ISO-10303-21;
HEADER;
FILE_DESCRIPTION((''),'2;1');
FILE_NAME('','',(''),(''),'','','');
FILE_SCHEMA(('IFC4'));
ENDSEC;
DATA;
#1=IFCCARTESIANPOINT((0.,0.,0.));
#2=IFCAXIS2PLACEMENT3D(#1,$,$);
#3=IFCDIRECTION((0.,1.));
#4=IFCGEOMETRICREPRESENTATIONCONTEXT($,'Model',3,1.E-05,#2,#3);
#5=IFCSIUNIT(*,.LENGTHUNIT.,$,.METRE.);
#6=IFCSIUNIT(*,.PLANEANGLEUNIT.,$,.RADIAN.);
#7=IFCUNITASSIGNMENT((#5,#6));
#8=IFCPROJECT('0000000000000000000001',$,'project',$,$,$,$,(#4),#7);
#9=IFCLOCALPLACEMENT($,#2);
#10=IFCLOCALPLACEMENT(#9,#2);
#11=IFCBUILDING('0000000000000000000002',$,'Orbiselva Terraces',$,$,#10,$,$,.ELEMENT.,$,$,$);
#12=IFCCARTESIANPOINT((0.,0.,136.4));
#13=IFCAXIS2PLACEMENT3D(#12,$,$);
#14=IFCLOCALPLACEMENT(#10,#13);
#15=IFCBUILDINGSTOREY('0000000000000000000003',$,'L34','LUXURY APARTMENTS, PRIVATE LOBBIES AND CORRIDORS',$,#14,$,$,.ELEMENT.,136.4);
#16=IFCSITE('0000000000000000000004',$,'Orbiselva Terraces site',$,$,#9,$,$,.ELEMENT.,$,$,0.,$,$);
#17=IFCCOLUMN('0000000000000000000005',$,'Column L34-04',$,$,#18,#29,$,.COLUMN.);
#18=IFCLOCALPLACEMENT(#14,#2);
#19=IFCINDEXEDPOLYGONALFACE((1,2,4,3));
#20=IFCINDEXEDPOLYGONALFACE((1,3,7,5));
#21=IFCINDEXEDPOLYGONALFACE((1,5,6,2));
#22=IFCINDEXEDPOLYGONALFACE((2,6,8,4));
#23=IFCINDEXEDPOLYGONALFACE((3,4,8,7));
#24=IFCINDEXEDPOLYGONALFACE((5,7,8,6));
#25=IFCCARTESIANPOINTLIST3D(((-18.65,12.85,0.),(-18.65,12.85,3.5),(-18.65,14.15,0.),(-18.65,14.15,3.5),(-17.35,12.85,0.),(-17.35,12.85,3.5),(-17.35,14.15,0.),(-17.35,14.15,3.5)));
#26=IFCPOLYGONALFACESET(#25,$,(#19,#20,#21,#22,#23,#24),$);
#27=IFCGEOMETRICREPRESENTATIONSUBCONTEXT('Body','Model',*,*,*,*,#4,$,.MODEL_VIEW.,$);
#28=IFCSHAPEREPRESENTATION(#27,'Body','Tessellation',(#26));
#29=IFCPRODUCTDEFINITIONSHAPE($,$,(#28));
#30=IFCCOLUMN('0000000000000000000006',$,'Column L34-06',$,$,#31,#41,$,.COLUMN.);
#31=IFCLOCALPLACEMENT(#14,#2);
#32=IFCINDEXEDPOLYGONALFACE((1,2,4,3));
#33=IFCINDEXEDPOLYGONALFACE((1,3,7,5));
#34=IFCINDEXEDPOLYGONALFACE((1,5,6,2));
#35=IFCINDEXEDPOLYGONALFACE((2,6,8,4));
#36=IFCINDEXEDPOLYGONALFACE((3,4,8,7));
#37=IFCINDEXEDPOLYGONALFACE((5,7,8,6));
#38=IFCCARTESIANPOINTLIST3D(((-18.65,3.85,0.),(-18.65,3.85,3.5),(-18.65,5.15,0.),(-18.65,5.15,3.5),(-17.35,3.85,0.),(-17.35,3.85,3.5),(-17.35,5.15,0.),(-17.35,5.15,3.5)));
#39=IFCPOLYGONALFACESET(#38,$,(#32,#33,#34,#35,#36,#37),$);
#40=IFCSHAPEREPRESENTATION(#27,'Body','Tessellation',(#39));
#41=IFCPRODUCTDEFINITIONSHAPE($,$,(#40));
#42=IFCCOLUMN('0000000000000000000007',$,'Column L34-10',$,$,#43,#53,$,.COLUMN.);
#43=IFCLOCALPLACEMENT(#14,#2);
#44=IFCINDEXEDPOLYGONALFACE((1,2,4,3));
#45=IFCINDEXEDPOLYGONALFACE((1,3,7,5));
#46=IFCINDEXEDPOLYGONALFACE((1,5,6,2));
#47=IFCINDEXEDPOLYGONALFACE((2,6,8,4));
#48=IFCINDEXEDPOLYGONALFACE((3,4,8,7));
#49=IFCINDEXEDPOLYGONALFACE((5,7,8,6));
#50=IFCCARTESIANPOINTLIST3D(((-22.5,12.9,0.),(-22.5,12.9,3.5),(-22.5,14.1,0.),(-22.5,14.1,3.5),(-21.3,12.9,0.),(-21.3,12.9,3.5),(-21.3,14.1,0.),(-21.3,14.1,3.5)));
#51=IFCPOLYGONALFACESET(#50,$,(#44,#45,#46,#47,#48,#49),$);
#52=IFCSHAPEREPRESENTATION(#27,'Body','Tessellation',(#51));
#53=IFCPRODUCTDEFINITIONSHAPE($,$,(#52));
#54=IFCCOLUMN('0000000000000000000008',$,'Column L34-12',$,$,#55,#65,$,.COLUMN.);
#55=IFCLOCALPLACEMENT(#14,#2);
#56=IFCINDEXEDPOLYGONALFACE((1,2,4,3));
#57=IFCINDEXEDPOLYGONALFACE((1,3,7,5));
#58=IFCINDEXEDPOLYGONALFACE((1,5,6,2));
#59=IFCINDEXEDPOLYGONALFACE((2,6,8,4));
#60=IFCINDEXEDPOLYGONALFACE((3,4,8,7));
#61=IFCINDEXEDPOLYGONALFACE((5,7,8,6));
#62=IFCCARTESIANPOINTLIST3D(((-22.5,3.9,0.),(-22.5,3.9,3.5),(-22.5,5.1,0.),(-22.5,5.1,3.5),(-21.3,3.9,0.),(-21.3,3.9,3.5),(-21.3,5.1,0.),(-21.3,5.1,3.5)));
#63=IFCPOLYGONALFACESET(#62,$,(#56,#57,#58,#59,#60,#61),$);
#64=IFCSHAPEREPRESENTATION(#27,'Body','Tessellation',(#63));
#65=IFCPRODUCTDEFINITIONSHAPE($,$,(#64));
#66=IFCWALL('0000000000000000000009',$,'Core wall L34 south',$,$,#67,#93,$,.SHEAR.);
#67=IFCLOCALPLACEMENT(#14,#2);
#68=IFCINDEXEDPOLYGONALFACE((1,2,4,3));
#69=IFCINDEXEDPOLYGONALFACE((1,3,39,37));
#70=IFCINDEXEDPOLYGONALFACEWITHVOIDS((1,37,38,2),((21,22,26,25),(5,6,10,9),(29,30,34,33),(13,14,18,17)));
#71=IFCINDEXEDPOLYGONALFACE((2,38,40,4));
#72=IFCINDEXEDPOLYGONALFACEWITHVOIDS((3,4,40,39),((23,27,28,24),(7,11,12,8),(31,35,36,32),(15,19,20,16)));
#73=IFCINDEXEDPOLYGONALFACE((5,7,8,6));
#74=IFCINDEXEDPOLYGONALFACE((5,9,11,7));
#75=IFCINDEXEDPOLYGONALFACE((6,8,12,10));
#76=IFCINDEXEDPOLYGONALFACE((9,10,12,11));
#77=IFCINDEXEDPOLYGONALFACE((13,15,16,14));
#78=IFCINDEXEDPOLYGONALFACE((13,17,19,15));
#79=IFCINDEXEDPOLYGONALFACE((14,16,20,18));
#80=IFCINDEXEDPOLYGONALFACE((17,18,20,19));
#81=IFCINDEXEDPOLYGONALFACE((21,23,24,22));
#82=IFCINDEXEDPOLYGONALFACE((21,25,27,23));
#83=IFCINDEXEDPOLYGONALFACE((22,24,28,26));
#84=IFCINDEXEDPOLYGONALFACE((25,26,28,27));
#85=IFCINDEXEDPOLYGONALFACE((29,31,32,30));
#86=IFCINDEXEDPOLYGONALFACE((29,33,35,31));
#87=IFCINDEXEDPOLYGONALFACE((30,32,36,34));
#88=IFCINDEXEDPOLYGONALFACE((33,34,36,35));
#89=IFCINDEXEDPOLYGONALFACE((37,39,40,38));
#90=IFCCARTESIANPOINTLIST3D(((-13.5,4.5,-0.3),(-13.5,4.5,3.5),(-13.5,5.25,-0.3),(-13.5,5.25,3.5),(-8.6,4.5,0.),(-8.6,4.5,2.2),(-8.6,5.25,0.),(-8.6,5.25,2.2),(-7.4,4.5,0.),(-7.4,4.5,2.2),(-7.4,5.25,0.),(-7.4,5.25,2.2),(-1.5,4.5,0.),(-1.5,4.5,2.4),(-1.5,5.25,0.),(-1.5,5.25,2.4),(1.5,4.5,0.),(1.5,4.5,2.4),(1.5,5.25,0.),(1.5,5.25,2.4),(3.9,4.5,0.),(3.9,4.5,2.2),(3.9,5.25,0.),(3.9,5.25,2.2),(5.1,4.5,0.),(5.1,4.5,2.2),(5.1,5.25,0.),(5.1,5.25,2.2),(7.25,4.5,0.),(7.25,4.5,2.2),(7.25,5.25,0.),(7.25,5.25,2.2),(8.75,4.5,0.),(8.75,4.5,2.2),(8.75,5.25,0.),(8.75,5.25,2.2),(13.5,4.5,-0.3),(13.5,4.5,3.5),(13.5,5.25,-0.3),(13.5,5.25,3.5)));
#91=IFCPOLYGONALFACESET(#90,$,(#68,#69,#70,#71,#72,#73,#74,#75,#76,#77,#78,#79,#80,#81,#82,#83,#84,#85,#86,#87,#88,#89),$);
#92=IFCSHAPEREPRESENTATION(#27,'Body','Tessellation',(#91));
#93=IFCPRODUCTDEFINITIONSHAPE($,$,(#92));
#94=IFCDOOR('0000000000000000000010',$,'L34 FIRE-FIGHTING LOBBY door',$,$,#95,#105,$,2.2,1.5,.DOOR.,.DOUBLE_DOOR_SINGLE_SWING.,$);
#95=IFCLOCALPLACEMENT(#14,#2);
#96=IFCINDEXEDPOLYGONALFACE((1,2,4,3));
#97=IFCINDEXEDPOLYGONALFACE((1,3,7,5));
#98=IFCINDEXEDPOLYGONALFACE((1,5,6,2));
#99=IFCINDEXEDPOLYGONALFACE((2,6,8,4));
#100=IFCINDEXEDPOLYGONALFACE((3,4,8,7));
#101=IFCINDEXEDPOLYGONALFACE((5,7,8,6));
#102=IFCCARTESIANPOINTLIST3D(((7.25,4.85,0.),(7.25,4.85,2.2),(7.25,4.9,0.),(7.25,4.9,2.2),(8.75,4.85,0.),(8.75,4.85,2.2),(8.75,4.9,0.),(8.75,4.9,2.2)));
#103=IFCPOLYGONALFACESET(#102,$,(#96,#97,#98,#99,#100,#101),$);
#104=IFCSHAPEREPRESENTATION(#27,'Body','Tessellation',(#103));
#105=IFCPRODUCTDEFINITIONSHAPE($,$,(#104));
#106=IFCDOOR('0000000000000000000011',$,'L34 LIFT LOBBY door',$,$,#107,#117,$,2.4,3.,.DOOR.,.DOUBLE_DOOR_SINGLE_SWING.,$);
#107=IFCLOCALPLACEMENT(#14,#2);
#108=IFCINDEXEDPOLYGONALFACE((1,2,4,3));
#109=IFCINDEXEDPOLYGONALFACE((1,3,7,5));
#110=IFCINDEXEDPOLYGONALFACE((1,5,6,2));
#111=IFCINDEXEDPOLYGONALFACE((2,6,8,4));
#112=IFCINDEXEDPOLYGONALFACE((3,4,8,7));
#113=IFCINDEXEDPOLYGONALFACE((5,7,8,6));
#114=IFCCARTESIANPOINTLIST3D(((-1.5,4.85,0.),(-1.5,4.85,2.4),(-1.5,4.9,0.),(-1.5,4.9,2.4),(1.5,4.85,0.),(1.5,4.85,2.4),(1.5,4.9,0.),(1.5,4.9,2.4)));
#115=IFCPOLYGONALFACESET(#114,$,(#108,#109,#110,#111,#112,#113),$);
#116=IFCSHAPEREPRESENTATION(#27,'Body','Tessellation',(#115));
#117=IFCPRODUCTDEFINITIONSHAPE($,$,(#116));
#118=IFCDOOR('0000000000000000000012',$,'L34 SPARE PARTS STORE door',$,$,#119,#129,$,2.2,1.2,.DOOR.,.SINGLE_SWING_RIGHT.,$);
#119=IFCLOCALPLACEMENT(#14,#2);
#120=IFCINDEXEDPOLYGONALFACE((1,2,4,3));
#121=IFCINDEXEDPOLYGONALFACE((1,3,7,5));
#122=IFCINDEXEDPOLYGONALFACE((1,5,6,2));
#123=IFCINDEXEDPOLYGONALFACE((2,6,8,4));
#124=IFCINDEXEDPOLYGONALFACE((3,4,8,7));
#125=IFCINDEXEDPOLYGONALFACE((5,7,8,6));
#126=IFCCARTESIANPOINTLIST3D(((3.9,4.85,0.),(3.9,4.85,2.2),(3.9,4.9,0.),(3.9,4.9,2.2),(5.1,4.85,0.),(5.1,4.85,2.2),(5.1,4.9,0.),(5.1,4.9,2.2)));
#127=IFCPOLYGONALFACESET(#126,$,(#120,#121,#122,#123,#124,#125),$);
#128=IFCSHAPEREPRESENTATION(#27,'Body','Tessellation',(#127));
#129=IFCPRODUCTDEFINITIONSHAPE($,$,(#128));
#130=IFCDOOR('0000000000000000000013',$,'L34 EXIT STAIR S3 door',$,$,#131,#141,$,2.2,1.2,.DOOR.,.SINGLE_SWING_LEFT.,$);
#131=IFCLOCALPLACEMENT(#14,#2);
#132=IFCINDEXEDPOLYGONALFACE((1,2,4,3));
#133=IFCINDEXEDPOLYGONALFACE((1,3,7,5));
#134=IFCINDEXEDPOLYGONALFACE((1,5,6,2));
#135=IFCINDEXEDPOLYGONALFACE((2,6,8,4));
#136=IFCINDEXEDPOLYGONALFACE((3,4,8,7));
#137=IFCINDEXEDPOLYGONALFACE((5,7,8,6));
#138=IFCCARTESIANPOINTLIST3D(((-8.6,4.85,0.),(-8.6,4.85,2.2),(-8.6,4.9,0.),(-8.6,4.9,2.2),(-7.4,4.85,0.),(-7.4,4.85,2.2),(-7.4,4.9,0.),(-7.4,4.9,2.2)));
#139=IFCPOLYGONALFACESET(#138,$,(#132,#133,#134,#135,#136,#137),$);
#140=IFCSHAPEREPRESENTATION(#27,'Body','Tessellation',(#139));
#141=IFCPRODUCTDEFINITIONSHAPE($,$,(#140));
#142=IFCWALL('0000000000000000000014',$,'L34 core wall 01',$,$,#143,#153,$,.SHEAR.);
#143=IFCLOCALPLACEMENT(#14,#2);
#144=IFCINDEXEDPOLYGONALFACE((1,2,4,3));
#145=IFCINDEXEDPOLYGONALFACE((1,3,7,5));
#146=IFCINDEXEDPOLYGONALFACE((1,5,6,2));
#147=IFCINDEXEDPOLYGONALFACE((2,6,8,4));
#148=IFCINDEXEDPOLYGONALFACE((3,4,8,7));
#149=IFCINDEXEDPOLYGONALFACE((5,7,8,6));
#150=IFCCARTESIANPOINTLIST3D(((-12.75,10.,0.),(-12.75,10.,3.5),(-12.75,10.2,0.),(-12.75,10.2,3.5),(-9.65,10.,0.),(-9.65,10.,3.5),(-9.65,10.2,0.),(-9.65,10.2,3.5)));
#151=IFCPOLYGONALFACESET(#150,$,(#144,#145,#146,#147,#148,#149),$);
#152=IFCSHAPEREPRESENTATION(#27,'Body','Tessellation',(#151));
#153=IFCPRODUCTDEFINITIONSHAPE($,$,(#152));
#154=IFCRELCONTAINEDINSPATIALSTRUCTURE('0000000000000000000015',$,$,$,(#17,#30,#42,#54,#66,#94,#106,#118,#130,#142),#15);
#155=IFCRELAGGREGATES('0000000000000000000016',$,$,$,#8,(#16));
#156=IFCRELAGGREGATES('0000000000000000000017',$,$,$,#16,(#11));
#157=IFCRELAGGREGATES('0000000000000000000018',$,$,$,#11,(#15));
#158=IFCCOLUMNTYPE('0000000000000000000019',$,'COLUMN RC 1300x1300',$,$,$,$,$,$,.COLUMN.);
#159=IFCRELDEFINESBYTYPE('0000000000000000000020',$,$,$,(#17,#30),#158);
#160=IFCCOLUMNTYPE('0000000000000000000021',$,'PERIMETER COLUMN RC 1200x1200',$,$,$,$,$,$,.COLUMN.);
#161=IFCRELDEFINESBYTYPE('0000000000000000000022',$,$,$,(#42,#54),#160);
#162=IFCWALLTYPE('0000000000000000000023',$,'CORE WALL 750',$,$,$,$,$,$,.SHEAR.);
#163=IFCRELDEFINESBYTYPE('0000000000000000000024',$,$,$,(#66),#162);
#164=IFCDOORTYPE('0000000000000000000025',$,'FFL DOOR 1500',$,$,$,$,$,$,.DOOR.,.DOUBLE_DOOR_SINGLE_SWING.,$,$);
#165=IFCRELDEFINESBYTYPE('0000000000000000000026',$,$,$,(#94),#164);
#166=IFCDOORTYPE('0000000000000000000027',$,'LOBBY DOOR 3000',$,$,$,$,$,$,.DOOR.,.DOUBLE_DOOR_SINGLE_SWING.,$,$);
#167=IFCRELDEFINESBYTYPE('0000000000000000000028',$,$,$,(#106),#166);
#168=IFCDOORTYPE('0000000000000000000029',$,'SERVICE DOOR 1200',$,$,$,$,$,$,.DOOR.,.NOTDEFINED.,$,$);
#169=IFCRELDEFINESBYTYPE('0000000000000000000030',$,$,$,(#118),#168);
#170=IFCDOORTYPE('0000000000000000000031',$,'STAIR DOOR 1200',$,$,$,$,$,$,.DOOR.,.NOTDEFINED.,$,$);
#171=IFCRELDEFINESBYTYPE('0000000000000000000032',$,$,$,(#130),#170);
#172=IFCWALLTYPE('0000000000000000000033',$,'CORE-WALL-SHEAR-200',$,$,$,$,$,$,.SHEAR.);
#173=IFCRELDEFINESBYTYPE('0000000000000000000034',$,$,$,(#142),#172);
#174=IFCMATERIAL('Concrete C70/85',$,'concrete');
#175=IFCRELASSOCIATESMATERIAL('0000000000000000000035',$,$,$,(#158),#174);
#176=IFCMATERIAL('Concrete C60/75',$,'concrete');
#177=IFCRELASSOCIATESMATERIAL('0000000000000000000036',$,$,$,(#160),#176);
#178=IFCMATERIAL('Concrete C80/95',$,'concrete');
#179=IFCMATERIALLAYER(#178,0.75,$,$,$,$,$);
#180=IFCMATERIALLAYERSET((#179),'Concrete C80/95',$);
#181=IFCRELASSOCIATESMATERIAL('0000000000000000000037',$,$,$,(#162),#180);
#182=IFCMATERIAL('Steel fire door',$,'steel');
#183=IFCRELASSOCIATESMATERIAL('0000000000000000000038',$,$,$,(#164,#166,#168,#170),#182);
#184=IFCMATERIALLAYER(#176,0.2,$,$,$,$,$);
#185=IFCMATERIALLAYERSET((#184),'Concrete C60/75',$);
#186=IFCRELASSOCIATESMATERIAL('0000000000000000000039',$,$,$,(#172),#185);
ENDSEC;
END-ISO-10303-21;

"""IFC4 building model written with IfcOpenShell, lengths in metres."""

from ifc_helpers import new_model, si_unit, direction, frame, frame_2d, origin, origin_2d, place, context, subcontext, project, spatial, rectangle, extrude, material, layer, layer_set, material_profile, profile_set, type_object, element, fill, save


model = new_model("IFC4")

# Units and contexts
model_context = context("Model", 3, precision=1e-05, world=origin(), true_north=direction((0.0, 1.0)))
body_context = subcontext(model_context, "Body", "Model", "MODEL_VIEW")
ifc_project = project(units=[si_unit("LENGTHUNIT", "METRE"), si_unit("PLANEANGLEUNIT", "RADIAN")], contexts=[model_context])

# Site, building, storey
site_placement = place(None, origin())
site = spatial("IfcSite", under=ifc_project, at=site_placement, Name="Orbiselva Terraces site", CompositionType="ELEMENT", RefElevation=0.0)
building_placement = place(site_placement, origin())
building = spatial("IfcBuilding", under=site, at=building_placement, Name="Orbiselva Terraces", CompositionType="ELEMENT")
storey_placement = place(building_placement, frame((0.0, 0.0, 136.4)))
storey = spatial("IfcBuildingStorey", under=building, at=storey_placement, Name="L34", Description="LUXURY APARTMENTS, PRIVATE LOBBIES AND CORRIDORS", CompositionType="ELEMENT", Elevation=136.4)

# Columns
ifc_material_1 = material(Name="Concrete C70/85", Category="concrete")
ifc_material_profile_1 = material_profile(ifc_material_1, rectangle(XDim=1.3, YDim=1.3, at=origin_2d()), Name="RC 1300x1300")
ifc_profile_set_1 = profile_set([ifc_material_profile_1], Name="Concrete C70/85")
column_type_1 = type_object("IfcColumnType", Name="COLUMN RC 1300x1300", PredefinedType="COLUMN", material=ifc_profile_set_1)
for number, where, z_axis, x_axis, name in (
    (1, (-18.0, 13.5, 0.0), (0.0, 0.0, 1.0), (1.0, 0.0, 0.0), "Column L34-04"),
    (2, (-18.0, 4.5, 0.0), (0.0, 0.0, 1.0), (1.0, 0.0, 0.0), "Column L34-06"),
):
    element("IfcColumn", number, at=place(storey_placement, frame(where, z_axis=z_axis, x_axis=x_axis)), inside=storey, type_object=column_type_1, Name=name, PredefinedType="COLUMN", context=body_context, shape_type="SweptSolid", body=[
        extrude(rectangle(XDim=1.3, YDim=1.3, at=origin_2d()), origin(), (0.0, 0.0, 1.0), 3.5),
    ])
ifc_material_2 = material(Name="Concrete C60/75", Category="concrete")
ifc_material_profile_2 = material_profile(ifc_material_2, rectangle(XDim=1.2, YDim=1.2, at=origin_2d()), Name="RC 1200x1200")
ifc_profile_set_2 = profile_set([ifc_material_profile_2], Name="Concrete C60/75")
column_type_2 = type_object("IfcColumnType", Name="PERIMETER COLUMN RC 1200x1200", PredefinedType="COLUMN", material=ifc_profile_set_2)
for number, where, z_axis, x_axis, name in (
    (3, (-21.9, 13.5, 0.0), (0.0, 0.0, 1.0), (1.0, 0.0, 0.0), "Column L34-10"),
    (4, (-21.9, 4.5, 0.0), (0.0, 0.0, 1.0), (1.0, 0.0, 0.0), "Column L34-12"),
):
    element("IfcColumn", number, at=place(storey_placement, frame(where, z_axis=z_axis, x_axis=x_axis)), inside=storey, type_object=column_type_2, Name=name, PredefinedType="COLUMN", context=body_context, shape_type="SweptSolid", body=[
        extrude(rectangle(XDim=1.2, YDim=1.2, at=origin_2d()), origin(), (0.0, 0.0, 1.0), 3.5),
    ])

# Wall, openings, doors
ifc_material_3 = material(Name="Concrete C80/95", Category="concrete")
ifc_layer_1 = layer(ifc_material_3, 0.75)
ifc_layer_set_1 = layer_set([ifc_layer_1], Name="Concrete C80/95")
wall_type_1 = type_object("IfcWallType", Name="CORE WALL 750", PredefinedType="SHEAR", material=ifc_layer_set_1)
wall_1_placement = place(storey_placement, frame((-13.5, 4.875, -0.3), z_axis=(0.0, 0.0, 1.0), x_axis=(1.0, 0.0, 0.0)))
wall_1 = element("IfcWall", 5, at=wall_1_placement, inside=storey, type_object=wall_type_1, Name="Core wall L34 south", PredefinedType="SHEAR", context=body_context, shape_type="SweptSolid", body=[
    extrude(rectangle(XDim=27.0, YDim=0.75, at=frame_2d((13.5, 0.0))), origin(), (0.0, 0.0, 1.0), 3.8),
])
opening_1_placement = place(wall_1_placement, frame((12.0, 0.0, 0.3)))
opening_1 = element("IfcOpeningElement", 6, at=opening_1_placement, cuts=wall_1, PredefinedType="OPENING", context=body_context, shape_type="SweptSolid", body=[
    extrude(rectangle(XDim=3.0, YDim=2.4, at=frame_2d((1.5, 1.2))), frame((0.0, 0.385, 0.0), z_axis=(0.0, -1.0, 0.0), x_axis=(1.0, 0.0, 0.0)), (0.0, 0.0, 1.0), 0.77),
])
opening_2_placement = place(wall_1_placement, frame((4.9, 0.0, 0.3)))
opening_2 = element("IfcOpeningElement", 7, at=opening_2_placement, cuts=wall_1, PredefinedType="OPENING", context=body_context, shape_type="SweptSolid", body=[
    extrude(rectangle(XDim=1.2, YDim=2.2, at=frame_2d((0.6, 1.1))), frame((0.0, 0.385, 0.0), z_axis=(0.0, -1.0, 0.0), x_axis=(1.0, 0.0, 0.0)), (0.0, 0.0, 1.0), 0.77),
])
opening_3_placement = place(wall_1_placement, frame((20.75, 0.0, 0.3)))
opening_3 = element("IfcOpeningElement", 8, at=opening_3_placement, cuts=wall_1, PredefinedType="OPENING", context=body_context, shape_type="SweptSolid", body=[
    extrude(rectangle(XDim=1.5, YDim=2.2, at=frame_2d((0.75, 1.1))), frame((0.0, 0.385, 0.0), z_axis=(0.0, -1.0, 0.0), x_axis=(1.0, 0.0, 0.0)), (0.0, 0.0, 1.0), 0.77),
])
opening_4_placement = place(wall_1_placement, frame((17.4, 0.0, 0.3)))
opening_4 = element("IfcOpeningElement", 9, at=opening_4_placement, cuts=wall_1, PredefinedType="OPENING", context=body_context, shape_type="SweptSolid", body=[
    extrude(rectangle(XDim=1.2, YDim=2.2, at=frame_2d((0.6, 1.1))), frame((0.0, 0.385, 0.0), z_axis=(0.0, -1.0, 0.0), x_axis=(1.0, 0.0, 0.0)), (0.0, 0.0, 1.0), 0.77),
])
ifc_material_4 = material(Name="Steel fire door", Category="steel")
door_type_1 = type_object("IfcDoorType", Name="FFL DOOR 1500", OperationType="DOUBLE_DOOR_SINGLE_SWING", PredefinedType="DOOR", material=ifc_material_4)
door_1_placement = place(opening_3_placement, frame((1.5, 0.0, 0.0), z_axis=(0.0, 0.0, 1.0), x_axis=(-1.0, 0.0, 0.0)))
door_1 = element("IfcDoor", 10, at=door_1_placement, inside=storey, type_object=door_type_1, Name="L34 FIRE-FIGHTING LOBBY door", OperationType="DOUBLE_DOOR_SINGLE_SWING", OverallHeight=2.2, OverallWidth=1.5, PredefinedType="DOOR", context=body_context, shape_type="SweptSolid", body=[
    extrude(rectangle(XDim=1.5, YDim=2.2, at=frame_2d((0.75, 1.1))), frame((0.0, 0.025, 0.0), z_axis=(0.0, -1.0, 0.0), x_axis=(1.0, 0.0, 0.0)), (0.0, 0.0, 1.0), 0.05),
])
fill(opening_3, door_1)
door_type_2 = type_object("IfcDoorType", Name="LOBBY DOOR 3000", OperationType="DOUBLE_DOOR_SINGLE_SWING", PredefinedType="DOOR", material=ifc_material_4)
door_2_placement = place(opening_1_placement, frame((3.0, 0.0, 0.0), z_axis=(0.0, 0.0, 1.0), x_axis=(-1.0, 0.0, 0.0)))
door_2 = element("IfcDoor", 11, at=door_2_placement, inside=storey, type_object=door_type_2, Name="L34 LIFT LOBBY door", OperationType="DOUBLE_DOOR_SINGLE_SWING", OverallHeight=2.4, OverallWidth=3.0, PredefinedType="DOOR", context=body_context, shape_type="SweptSolid", body=[
    extrude(rectangle(XDim=3.0, YDim=2.4, at=frame_2d((1.5, 1.2))), frame((0.0, 0.025, 0.0), z_axis=(0.0, -1.0, 0.0), x_axis=(1.0, 0.0, 0.0)), (0.0, 0.0, 1.0), 0.05),
])
fill(opening_1, door_2)
door_type_3 = type_object("IfcDoorType", Name="SERVICE DOOR 1200", OperationType="NOTDEFINED", PredefinedType="DOOR", material=ifc_material_4)
door_3_placement = place(opening_4_placement, frame((1.2, 0.0, 0.0), z_axis=(0.0, 0.0, 1.0), x_axis=(-1.0, 0.0, 0.0)))
door_3 = element("IfcDoor", 12, at=door_3_placement, inside=storey, type_object=door_type_3, Name="L34 SPARE PARTS STORE door", OperationType="SINGLE_SWING_RIGHT", OverallHeight=2.2, OverallWidth=1.2, PredefinedType="DOOR", context=body_context, shape_type="SweptSolid", body=[
    extrude(rectangle(XDim=1.2, YDim=2.2, at=frame_2d((0.6, 1.1))), frame((0.0, 0.025, 0.0), z_axis=(0.0, -1.0, 0.0), x_axis=(1.0, 0.0, 0.0)), (0.0, 0.0, 1.0), 0.05),
])
fill(opening_4, door_3)
door_type_4 = type_object("IfcDoorType", Name="STAIR DOOR 1200", OperationType="NOTDEFINED", PredefinedType="DOOR", material=ifc_material_4)
door_4_placement = place(opening_2_placement, frame((1.2, 0.0, 0.0), z_axis=(0.0, 0.0, 1.0), x_axis=(-1.0, 0.0, 0.0)))
door_4 = element("IfcDoor", 13, at=door_4_placement, inside=storey, type_object=door_type_4, Name="L34 EXIT STAIR S3 door", OperationType="SINGLE_SWING_LEFT", OverallHeight=2.2, OverallWidth=1.2, PredefinedType="DOOR", context=body_context, shape_type="SweptSolid", body=[
    extrude(rectangle(XDim=1.2, YDim=2.2, at=frame_2d((0.6, 1.1))), frame((0.0, 0.025, 0.0), z_axis=(0.0, -1.0, 0.0), x_axis=(1.0, 0.0, 0.0)), (0.0, 0.0, 1.0), 0.05),
])
fill(opening_2, door_4)

# Wall
ifc_layer_2 = layer(ifc_material_2, 0.2)
ifc_layer_set_2 = layer_set([ifc_layer_2], Name="Concrete C60/75")
wall_type_2 = type_object("IfcWallType", Name="CORE-WALL-SHEAR-200", PredefinedType="SHEAR", material=ifc_layer_set_2)
wall_2_placement = place(storey_placement, frame((-12.75, 10.1, 0.0), z_axis=(0.0, 0.0, 1.0), x_axis=(1.0, 0.0, 0.0)))
element("IfcWall", 14, at=wall_2_placement, inside=storey, type_object=wall_type_2, Name="L34 core wall 01", PredefinedType="SHEAR", context=body_context, shape_type="SweptSolid", body=[
    extrude(rectangle(XDim=3.1, YDim=0.2, at=frame_2d((1.55, 0.0))), origin(), (0.0, 0.0, 1.0), 3.5),
])

save(model, "model.ifc")
